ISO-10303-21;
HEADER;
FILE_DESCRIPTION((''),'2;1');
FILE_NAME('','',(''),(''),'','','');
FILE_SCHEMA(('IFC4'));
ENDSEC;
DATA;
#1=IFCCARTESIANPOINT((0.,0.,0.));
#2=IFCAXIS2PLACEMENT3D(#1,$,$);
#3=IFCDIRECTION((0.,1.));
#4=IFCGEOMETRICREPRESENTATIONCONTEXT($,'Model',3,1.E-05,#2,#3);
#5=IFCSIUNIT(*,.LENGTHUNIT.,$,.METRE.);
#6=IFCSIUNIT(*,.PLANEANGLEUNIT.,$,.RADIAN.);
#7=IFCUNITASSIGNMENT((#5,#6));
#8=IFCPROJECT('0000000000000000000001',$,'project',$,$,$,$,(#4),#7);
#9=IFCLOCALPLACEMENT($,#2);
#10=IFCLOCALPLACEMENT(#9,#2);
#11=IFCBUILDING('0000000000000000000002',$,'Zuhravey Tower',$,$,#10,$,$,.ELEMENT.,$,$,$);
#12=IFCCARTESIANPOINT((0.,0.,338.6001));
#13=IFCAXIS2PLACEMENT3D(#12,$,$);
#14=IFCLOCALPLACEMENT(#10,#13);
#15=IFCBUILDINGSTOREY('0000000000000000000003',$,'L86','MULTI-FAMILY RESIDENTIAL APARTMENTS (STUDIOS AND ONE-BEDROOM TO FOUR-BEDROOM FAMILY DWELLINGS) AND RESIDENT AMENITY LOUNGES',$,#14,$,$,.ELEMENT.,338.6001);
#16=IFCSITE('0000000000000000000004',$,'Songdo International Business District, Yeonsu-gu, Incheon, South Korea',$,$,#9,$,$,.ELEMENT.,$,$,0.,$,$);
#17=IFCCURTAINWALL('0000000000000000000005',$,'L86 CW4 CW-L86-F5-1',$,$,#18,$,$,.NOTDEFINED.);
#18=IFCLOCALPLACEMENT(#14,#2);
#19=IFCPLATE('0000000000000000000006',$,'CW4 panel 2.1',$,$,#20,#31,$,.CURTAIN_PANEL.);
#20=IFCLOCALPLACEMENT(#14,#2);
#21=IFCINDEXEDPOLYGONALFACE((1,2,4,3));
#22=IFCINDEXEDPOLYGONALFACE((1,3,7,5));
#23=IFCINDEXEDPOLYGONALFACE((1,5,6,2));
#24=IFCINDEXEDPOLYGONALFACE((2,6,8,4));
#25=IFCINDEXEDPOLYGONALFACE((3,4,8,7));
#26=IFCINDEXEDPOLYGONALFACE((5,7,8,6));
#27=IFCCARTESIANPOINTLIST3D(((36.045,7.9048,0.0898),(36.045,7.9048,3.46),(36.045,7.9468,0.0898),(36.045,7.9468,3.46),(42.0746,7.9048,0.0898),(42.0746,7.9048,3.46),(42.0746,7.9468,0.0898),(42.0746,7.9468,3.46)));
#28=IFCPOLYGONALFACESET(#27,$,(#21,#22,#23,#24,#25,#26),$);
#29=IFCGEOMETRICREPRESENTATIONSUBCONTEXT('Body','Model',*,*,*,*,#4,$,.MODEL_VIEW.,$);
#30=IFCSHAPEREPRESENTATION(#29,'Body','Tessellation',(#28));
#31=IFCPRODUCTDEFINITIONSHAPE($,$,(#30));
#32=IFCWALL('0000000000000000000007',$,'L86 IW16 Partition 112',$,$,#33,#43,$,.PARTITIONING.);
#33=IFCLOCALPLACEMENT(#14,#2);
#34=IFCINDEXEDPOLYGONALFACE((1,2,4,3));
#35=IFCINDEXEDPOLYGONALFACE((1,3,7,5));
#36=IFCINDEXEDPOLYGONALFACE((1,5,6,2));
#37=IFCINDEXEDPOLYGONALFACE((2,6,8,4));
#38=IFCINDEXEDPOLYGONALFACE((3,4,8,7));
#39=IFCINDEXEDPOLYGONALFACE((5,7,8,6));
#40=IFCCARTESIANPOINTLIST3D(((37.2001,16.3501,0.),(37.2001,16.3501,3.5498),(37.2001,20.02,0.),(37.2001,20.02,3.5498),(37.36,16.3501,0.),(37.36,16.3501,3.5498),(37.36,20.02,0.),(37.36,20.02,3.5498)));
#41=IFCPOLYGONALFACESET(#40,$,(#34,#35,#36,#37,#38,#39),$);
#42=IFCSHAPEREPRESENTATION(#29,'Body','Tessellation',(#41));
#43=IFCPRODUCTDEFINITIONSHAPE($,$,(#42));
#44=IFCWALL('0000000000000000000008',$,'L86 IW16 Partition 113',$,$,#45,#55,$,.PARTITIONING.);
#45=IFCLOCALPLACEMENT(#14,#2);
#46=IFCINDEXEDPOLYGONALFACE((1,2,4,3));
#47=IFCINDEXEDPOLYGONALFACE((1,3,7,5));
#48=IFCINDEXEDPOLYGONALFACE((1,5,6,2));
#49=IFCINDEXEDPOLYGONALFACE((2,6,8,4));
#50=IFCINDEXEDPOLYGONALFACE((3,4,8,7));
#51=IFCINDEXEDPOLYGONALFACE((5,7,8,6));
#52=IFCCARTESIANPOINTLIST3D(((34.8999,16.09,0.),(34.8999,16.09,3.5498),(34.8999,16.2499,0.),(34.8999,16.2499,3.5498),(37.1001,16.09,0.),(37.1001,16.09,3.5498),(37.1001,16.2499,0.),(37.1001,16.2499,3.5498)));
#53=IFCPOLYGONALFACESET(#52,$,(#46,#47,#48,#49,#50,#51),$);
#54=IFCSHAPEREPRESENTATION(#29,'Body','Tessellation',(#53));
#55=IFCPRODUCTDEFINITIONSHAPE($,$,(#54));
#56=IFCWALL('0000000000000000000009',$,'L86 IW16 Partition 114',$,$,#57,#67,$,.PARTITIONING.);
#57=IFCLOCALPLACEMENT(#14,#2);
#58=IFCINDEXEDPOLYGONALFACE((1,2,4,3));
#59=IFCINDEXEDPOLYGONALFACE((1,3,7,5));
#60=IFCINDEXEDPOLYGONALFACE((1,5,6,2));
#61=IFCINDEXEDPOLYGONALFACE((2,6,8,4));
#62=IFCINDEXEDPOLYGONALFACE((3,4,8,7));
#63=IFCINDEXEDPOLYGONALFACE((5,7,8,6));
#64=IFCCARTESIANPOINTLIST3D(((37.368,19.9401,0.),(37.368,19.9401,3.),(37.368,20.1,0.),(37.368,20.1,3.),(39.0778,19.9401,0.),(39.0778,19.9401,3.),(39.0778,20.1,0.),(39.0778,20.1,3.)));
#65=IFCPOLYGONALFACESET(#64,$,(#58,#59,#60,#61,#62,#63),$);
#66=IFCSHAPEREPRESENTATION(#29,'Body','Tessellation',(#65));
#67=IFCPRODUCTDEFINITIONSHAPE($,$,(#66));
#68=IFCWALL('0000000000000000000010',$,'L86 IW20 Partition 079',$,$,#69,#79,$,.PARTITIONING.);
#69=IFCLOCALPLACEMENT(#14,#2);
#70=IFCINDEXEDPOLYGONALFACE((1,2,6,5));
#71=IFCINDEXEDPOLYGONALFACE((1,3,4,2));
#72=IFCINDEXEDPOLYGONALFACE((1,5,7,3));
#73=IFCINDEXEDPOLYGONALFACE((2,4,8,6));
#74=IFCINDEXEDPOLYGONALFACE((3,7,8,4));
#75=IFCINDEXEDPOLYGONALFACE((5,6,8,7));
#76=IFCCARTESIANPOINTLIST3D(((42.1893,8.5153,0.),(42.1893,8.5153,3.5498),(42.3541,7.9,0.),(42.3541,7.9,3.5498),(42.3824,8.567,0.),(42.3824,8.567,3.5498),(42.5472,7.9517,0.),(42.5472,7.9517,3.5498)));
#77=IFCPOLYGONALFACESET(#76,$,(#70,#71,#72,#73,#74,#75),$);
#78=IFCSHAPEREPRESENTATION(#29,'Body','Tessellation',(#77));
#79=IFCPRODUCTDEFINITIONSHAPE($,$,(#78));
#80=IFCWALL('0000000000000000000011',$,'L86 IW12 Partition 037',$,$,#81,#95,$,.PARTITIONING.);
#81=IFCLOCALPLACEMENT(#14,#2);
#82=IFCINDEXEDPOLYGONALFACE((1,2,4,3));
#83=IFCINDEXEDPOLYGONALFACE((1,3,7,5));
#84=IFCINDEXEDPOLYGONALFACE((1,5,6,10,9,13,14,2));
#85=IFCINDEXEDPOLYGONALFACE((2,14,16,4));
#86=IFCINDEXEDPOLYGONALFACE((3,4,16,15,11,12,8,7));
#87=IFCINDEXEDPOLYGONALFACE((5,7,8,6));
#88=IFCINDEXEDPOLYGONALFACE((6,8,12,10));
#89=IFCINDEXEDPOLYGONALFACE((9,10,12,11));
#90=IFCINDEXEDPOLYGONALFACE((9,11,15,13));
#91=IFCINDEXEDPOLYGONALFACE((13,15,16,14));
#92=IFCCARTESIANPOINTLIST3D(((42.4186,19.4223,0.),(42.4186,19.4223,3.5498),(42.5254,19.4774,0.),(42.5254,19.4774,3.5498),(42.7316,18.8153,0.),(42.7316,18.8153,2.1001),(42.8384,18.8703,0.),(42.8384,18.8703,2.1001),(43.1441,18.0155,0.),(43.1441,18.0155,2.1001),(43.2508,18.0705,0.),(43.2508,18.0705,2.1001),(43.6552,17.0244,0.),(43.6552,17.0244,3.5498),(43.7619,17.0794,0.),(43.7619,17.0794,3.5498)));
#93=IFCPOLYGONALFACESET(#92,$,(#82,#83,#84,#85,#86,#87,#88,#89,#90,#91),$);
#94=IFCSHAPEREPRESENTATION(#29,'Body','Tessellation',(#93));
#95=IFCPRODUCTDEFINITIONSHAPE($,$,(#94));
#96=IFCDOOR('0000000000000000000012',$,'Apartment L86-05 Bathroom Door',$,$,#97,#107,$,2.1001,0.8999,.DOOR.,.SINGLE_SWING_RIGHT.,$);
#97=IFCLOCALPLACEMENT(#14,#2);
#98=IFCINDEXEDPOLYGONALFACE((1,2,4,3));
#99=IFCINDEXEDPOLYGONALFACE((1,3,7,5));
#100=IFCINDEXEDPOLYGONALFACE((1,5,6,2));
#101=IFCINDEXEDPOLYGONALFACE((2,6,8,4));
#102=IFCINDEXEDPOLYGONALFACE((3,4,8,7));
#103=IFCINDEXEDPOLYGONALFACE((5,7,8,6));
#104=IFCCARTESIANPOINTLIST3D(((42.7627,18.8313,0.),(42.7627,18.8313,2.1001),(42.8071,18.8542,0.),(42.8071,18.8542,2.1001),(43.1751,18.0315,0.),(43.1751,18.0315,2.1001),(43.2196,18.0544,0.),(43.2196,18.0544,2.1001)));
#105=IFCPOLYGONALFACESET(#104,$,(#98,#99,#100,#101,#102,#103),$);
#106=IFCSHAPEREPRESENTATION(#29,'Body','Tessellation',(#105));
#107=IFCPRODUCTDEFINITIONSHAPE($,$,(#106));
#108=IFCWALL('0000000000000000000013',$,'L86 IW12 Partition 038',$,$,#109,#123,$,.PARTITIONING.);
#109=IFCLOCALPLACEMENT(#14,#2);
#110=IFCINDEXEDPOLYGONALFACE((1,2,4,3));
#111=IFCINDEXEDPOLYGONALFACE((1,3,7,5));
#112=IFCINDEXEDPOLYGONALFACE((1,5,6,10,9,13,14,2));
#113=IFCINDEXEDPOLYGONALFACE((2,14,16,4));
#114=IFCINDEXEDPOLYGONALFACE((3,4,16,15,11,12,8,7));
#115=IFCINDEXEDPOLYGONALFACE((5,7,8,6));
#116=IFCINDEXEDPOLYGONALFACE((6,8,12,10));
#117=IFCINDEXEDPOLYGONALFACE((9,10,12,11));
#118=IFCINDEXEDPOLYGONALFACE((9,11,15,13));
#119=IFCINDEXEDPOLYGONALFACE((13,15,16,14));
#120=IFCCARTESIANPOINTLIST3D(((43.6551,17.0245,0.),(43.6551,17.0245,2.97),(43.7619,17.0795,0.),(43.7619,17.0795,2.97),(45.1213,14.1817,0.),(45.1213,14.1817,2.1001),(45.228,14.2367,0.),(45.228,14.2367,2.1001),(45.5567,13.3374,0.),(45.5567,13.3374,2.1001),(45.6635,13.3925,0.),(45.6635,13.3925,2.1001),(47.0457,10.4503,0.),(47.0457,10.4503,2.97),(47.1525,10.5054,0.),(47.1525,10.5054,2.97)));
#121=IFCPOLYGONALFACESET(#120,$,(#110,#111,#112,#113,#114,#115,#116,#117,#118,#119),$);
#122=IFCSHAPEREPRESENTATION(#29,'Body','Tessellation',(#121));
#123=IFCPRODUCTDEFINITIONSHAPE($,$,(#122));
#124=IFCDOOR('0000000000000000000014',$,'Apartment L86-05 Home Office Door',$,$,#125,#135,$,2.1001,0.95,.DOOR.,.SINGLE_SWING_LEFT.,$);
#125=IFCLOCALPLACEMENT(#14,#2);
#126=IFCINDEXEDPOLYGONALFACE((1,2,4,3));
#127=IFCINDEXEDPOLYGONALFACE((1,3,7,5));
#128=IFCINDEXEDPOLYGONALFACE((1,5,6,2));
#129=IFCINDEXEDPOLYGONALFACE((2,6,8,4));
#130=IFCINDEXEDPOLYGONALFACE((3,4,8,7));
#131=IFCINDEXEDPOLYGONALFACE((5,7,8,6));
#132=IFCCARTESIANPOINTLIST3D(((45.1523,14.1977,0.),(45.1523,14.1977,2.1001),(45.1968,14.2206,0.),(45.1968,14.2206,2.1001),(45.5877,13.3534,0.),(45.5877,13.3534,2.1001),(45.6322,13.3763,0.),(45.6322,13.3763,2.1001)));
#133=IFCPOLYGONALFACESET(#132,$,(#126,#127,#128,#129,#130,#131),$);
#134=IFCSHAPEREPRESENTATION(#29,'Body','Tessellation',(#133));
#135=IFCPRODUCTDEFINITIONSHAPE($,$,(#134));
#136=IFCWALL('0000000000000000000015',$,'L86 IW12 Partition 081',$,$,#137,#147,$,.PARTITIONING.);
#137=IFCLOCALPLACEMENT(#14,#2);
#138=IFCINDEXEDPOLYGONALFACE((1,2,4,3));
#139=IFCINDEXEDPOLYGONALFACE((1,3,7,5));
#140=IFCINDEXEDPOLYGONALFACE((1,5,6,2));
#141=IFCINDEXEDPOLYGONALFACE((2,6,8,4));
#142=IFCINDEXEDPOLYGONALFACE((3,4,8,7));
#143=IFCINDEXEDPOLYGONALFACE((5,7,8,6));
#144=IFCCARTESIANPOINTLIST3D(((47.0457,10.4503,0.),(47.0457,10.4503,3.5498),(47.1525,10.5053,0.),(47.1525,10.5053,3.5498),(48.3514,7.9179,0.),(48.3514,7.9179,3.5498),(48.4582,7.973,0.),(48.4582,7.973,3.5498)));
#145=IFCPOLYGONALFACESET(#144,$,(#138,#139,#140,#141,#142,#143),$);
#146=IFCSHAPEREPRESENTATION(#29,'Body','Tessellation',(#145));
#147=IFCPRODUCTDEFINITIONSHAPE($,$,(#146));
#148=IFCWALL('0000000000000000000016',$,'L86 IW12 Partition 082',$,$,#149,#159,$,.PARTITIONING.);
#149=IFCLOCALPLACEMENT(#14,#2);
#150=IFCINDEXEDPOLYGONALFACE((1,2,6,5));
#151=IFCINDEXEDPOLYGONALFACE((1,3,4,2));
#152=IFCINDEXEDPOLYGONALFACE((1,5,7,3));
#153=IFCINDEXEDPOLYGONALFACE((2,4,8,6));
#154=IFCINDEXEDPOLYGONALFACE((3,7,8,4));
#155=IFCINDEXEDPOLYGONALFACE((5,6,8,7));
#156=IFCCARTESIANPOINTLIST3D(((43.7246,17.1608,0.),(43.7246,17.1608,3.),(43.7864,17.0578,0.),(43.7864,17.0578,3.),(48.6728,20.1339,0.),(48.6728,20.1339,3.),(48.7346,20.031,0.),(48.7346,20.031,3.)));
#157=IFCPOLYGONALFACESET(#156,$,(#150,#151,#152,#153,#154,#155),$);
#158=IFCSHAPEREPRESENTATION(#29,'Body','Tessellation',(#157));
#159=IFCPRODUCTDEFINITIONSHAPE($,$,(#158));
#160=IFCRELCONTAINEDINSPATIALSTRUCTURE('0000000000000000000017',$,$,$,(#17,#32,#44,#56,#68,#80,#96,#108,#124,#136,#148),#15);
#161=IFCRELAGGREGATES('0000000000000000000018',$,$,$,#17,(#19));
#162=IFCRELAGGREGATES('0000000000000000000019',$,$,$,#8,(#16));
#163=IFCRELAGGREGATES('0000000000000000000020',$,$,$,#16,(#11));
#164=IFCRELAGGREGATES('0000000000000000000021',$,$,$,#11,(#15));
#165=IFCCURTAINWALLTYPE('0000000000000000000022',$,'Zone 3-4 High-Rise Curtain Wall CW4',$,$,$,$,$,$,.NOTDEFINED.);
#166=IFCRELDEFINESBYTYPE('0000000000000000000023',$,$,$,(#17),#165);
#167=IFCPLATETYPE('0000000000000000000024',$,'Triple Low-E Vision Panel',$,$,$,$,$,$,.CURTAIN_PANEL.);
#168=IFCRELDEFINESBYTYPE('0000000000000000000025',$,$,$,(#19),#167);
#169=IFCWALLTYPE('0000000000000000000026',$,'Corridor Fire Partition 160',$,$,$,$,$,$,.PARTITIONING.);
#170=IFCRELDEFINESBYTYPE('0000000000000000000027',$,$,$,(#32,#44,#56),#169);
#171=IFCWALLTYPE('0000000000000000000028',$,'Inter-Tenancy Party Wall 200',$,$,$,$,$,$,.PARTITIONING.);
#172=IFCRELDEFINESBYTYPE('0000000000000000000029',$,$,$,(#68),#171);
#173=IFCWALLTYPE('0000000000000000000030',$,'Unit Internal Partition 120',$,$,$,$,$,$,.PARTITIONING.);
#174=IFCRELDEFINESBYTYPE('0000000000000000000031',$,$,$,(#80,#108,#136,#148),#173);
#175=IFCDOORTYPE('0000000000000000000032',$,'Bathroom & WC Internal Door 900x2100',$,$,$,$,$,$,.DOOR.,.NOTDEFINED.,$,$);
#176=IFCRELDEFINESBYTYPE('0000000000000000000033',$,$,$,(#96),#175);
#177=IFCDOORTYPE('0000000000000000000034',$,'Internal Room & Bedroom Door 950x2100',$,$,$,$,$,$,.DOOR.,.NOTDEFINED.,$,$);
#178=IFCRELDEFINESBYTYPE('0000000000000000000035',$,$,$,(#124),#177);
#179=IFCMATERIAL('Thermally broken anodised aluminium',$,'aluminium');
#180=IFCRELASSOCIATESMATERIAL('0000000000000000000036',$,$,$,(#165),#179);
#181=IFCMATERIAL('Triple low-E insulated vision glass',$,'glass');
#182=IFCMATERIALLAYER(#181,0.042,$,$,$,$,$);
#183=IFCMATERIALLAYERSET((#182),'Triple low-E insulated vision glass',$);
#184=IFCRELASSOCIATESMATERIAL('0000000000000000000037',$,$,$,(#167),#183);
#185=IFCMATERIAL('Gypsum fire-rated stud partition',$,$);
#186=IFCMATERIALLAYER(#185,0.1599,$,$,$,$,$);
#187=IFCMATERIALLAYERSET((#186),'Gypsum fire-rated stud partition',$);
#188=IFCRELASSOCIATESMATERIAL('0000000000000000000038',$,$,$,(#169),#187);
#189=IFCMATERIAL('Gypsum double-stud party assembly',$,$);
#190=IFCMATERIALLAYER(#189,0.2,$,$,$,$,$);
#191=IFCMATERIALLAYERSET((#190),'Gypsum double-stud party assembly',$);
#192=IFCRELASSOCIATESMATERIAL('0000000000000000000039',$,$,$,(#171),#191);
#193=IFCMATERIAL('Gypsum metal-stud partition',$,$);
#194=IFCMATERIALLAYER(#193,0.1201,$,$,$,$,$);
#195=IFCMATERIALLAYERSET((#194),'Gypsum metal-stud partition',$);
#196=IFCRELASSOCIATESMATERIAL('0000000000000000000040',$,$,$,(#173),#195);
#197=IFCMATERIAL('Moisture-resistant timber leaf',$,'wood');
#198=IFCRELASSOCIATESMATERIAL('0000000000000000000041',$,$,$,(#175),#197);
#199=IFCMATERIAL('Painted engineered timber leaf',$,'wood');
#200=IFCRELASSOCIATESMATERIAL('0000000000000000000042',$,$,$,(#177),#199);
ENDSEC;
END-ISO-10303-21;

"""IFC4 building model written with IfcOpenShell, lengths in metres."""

from ifc_helpers import new_model, si_unit, direction, frame, frame_2d, origin, origin_2d, place, context, subcontext, project, spatial, rectangle, extrude, material, layer, layer_set, type_object, element, fill, aggregate, save


model = new_model("IFC4")

# Units and contexts
model_context = context("Model", 3, precision=1e-05, world=origin(), true_north=direction((0.0, 1.0)))
body_context = subcontext(model_context, "Body", "Model", "MODEL_VIEW")
ifc_project = project(units=[si_unit("LENGTHUNIT", "METRE"), si_unit("PLANEANGLEUNIT", "RADIAN")], contexts=[model_context])

# Site, building, storey
site_placement = place(None, origin())
site = spatial("IfcSite", under=ifc_project, at=site_placement, Name="Songdo International Business District, Yeonsu-gu, Incheon, South Korea", CompositionType="ELEMENT", RefElevation=0.0)
building_placement = place(site_placement, origin())
building = spatial("IfcBuilding", under=site, at=building_placement, Name="Zuhravey Tower", CompositionType="ELEMENT")
storey_placement = place(building_placement, frame((0.0, 0.0, 338.6001)))
storey = spatial("IfcBuildingStorey", under=building, at=storey_placement, Name="L86", Description="MULTI-FAMILY RESIDENTIAL APARTMENTS (STUDIOS AND ONE-BEDROOM TO FOUR-BEDROOM FAMILY DWELLINGS) AND RESIDENT AMENITY LOUNGES", CompositionType="ELEMENT", Elevation=338.6001)

# Curtain wall
ifc_material_1 = material(Name="Thermally broken anodised aluminium", Category="aluminium")
curtain_wall_type = type_object("IfcCurtainWallType", Name="Zone 3-4 High-Rise Curtain Wall CW4", PredefinedType="NOTDEFINED", material=ifc_material_1)
curtain_wall_placement = place(storey_placement, origin())
curtain_wall = element("IfcCurtainWall", 1, at=curtain_wall_placement, inside=storey, type_object=curtain_wall_type, Name="L86 CW4 CW-L86-F5-1", PredefinedType="NOTDEFINED")

# Plate
ifc_material_2 = material(Name="Triple low-E insulated vision glass", Category="glass")
ifc_layer_1 = layer(ifc_material_2, 0.042)
ifc_layer_set_1 = layer_set([ifc_layer_1], Name="Triple low-E insulated vision glass")
plate_type_1 = type_object("IfcPlateType", Name="Triple Low-E Vision Panel", PredefinedType="CURTAIN_PANEL", material=ifc_layer_set_1)
plate_1_placement = place(storey_placement, frame((39.0598, 7.9258, 0.0898), z_axis=(0.0, 0.0, 1.0), x_axis=(-1.0, 0.0, 0.0)))
plate_1 = element("IfcPlate", 2, at=plate_1_placement, type_object=plate_type_1, Name="CW4 panel 2.1", PredefinedType="CURTAIN_PANEL", context=body_context, shape_type="SweptSolid", body=[
    extrude(rectangle(XDim=6.0295, YDim=0.042, at=origin_2d()), origin(), (0.0, 0.0, 1.0), 3.3701),
])
aggregate(curtain_wall, [plate_1])

# Walls
ifc_material_3 = material(Name="Gypsum fire-rated stud partition")
ifc_layer_2 = layer(ifc_material_3, 0.1599)
ifc_layer_set_2 = layer_set([ifc_layer_2], Name="Gypsum fire-rated stud partition")
wall_type_1 = type_object("IfcWallType", Name="Corridor Fire Partition 160", PredefinedType="PARTITIONING", material=ifc_layer_set_2)
wall_1_placement = place(storey_placement, frame((37.28, 16.3501, 0.0), z_axis=(0.0, 0.0, 1.0), x_axis=(0.0, 1.0, 0.0)))
element("IfcWall", 3, at=wall_1_placement, inside=storey, type_object=wall_type_1, Name="L86 IW16 Partition 112", PredefinedType="PARTITIONING", context=body_context, shape_type="SweptSolid", body=[
    extrude(rectangle(XDim=3.6699, YDim=0.1599, at=frame_2d((1.835, 0.0))), origin(), (0.0, 0.0, 1.0), 3.5498),
])
wall_2_placement = place(storey_placement, frame((34.8999, 16.1699, 0.0), z_axis=(0.0, 0.0, 1.0), x_axis=(1.0, 0.0, 0.0)))
element("IfcWall", 4, at=wall_2_placement, inside=storey, type_object=wall_type_1, Name="L86 IW16 Partition 113", PredefinedType="PARTITIONING", context=body_context, shape_type="SweptSolid", body=[
    extrude(rectangle(XDim=2.2002, YDim=0.1599, at=frame_2d((1.1001, 0.0))), origin(), (0.0, 0.0, 1.0), 3.5498),
])
wall_3_placement = place(storey_placement, frame((37.3679, 20.02, 0.0), z_axis=(0.0, 0.0, 1.0), x_axis=(1.0, 0.0, 0.0)))
element("IfcWall", 5, at=wall_3_placement, inside=storey, type_object=wall_type_1, Name="L86 IW16 Partition 114", PredefinedType="PARTITIONING", context=body_context, shape_type="SweptSolid", body=[
    extrude(rectangle(XDim=1.7097, YDim=0.1599, at=frame_2d((0.855, 0.0))), origin(), (0.0, 0.0, 1.0), 3.0),
])
ifc_material_4 = material(Name="Gypsum double-stud party assembly")
ifc_layer_3 = layer(ifc_material_4, 0.2)
ifc_layer_set_3 = layer_set([ifc_layer_3], Name="Gypsum double-stud party assembly")
wall_type_2 = type_object("IfcWallType", Name="Inter-Tenancy Party Wall 200", PredefinedType="PARTITIONING", material=ifc_layer_set_3)
wall_4_placement = place(storey_placement, frame((42.2859, 8.541, 0.0), z_axis=(0.0, 0.0, 1.0), x_axis=(0.258736, -0.965948, 0.0)))
element("IfcWall", 6, at=wall_4_placement, inside=storey, type_object=wall_type_2, Name="L86 IW20 Partition 079", PredefinedType="PARTITIONING", context=body_context, shape_type="SweptSolid", body=[
    extrude(rectangle(XDim=0.637, YDim=0.2, at=frame_2d((0.3184, 0.0))), origin(), (0.0, 0.0, 1.0), 3.5498),
])

# Walls, openings, doors
ifc_material_5 = material(Name="Gypsum metal-stud partition")
ifc_layer_4 = layer(ifc_material_5, 0.1201)
ifc_layer_set_4 = layer_set([ifc_layer_4], Name="Gypsum metal-stud partition")
wall_type_3 = type_object("IfcWallType", Name="Unit Internal Partition 120", PredefinedType="PARTITIONING", material=ifc_layer_set_4)
wall_5_placement = place(storey_placement, frame((42.4719, 19.45, 0.0), z_axis=(0.0, 0.0, 1.0), x_axis=(0.458327, -0.888784, 0.0)))
wall_5 = element("IfcWall", 7, at=wall_5_placement, inside=storey, type_object=wall_type_3, Name="L86 IW12 Partition 037", PredefinedType="PARTITIONING", context=body_context, shape_type="SweptSolid", body=[
    extrude(rectangle(XDim=2.698, YDim=0.1201, at=frame_2d((1.3491, 0.0))), origin(), (0.0, 0.0, 1.0), 3.5498),
])
opening_1_placement = place(wall_5_placement, frame((0.6831, 0.0, 0.0)))
opening_1 = element("IfcOpeningElement", 8, at=opening_1_placement, cuts=wall_5, PredefinedType="OPENING", context=body_context, shape_type="SweptSolid", body=[
    extrude(rectangle(XDim=0.8999, YDim=2.1001, at=frame_2d((0.45, 1.05))), frame((0.0, 0.072, 0.0), z_axis=(0.0, -1.0, 0.0), x_axis=(1.0, 0.0, 0.0)), (0.0, 0.0, 1.0), 0.144),
])
ifc_material_6 = material(Name="Moisture-resistant timber leaf", Category="wood")
door_type_1 = type_object("IfcDoorType", Name="Bathroom & WC Internal Door 900x2100", OperationType="NOTDEFINED", PredefinedType="DOOR", material=ifc_material_6)
door_1_placement = place(opening_1_placement, origin())
door_1 = element("IfcDoor", 9, at=door_1_placement, inside=storey, type_object=door_type_1, Name="Apartment L86-05 Bathroom Door", OperationType="SINGLE_SWING_RIGHT", OverallHeight=2.1001, OverallWidth=0.8999, PredefinedType="DOOR", context=body_context, shape_type="SweptSolid", body=[
    extrude(rectangle(XDim=0.8999, YDim=2.1001, at=frame_2d((0.45, 1.05))), frame((0.0, 0.0249, 0.0), z_axis=(0.0, -1.0, 0.0), x_axis=(1.0, 0.0, 0.0)), (0.0, 0.0, 1.0), 0.05),
])
fill(opening_1, door_1)
wall_6_placement = place(storey_placement, frame((43.7085, 17.052, 0.0), z_axis=(0.0, 0.0, 1.0), x_axis=(0.458374, -0.888759, 0.0)))
wall_6 = element("IfcWall", 10, at=wall_6_placement, inside=storey, type_object=wall_type_3, Name="L86 IW12 Partition 038", PredefinedType="PARTITIONING", context=body_context, shape_type="SweptSolid", body=[
    extrude(rectangle(XDim=7.397, YDim=0.1201, at=frame_2d((3.6985, 0.0))), origin(), (0.0, 0.0, 1.0), 2.97),
])
opening_2_placement = place(wall_6_placement, frame((3.1985, 0.0, 0.0)))
opening_2 = element("IfcOpeningElement", 11, at=opening_2_placement, cuts=wall_6, PredefinedType="OPENING", context=body_context, shape_type="SweptSolid", body=[
    extrude(rectangle(XDim=0.95, YDim=2.1001, at=frame_2d((0.4751, 1.05))), frame((0.0, 0.072, 0.0), z_axis=(0.0, -1.0, 0.0), x_axis=(1.0, 0.0, 0.0)), (0.0, 0.0, 1.0), 0.144),
])
ifc_material_7 = material(Name="Painted engineered timber leaf", Category="wood")
door_type_2 = type_object("IfcDoorType", Name="Internal Room & Bedroom Door 950x2100", OperationType="NOTDEFINED", PredefinedType="DOOR", material=ifc_material_7)
door_2_placement = place(opening_2_placement, origin())
door_2 = element("IfcDoor", 12, at=door_2_placement, inside=storey, type_object=door_type_2, Name="Apartment L86-05 Home Office Door", OperationType="SINGLE_SWING_LEFT", OverallHeight=2.1001, OverallWidth=0.95, PredefinedType="DOOR", context=body_context, shape_type="SweptSolid", body=[
    extrude(rectangle(XDim=0.95, YDim=2.1001, at=frame_2d((0.4751, 1.05))), frame((0.0, 0.0249, 0.0), z_axis=(0.0, -1.0, 0.0), x_axis=(1.0, 0.0, 0.0)), (0.0, 0.0, 1.0), 0.05),
])
fill(opening_2, door_2)

# Walls
wall_7_placement = place(storey_placement, frame((47.0991, 10.4778, 0.0), z_axis=(0.0, 0.0, 1.0), x_axis=(0.458285, -0.888805, 0.0)))
element("IfcWall", 13, at=wall_7_placement, inside=storey, type_object=wall_type_3, Name="L86 IW12 Partition 081", PredefinedType="PARTITIONING", context=body_context, shape_type="SweptSolid", body=[
    extrude(rectangle(XDim=2.8491, YDim=0.1201, at=frame_2d((1.4246, 0.0))), origin(), (0.0, 0.0, 1.0), 3.5498),
])
wall_8_placement = place(storey_placement, frame((43.7556, 17.1094, 0.0), z_axis=(0.0, 0.0, 1.0), x_axis=(0.857172, 0.515031, 0.0)))
element("IfcWall", 14, at=wall_8_placement, inside=storey, type_object=wall_type_3, Name="L86 IW12 Partition 082", PredefinedType="PARTITIONING", context=body_context, shape_type="SweptSolid", body=[
    extrude(rectangle(XDim=5.7727, YDim=0.1201, at=frame_2d((2.8862, 0.0))), origin(), (0.0, 0.0, 1.0), 3.0),
])

save(model, "model.ifc")
